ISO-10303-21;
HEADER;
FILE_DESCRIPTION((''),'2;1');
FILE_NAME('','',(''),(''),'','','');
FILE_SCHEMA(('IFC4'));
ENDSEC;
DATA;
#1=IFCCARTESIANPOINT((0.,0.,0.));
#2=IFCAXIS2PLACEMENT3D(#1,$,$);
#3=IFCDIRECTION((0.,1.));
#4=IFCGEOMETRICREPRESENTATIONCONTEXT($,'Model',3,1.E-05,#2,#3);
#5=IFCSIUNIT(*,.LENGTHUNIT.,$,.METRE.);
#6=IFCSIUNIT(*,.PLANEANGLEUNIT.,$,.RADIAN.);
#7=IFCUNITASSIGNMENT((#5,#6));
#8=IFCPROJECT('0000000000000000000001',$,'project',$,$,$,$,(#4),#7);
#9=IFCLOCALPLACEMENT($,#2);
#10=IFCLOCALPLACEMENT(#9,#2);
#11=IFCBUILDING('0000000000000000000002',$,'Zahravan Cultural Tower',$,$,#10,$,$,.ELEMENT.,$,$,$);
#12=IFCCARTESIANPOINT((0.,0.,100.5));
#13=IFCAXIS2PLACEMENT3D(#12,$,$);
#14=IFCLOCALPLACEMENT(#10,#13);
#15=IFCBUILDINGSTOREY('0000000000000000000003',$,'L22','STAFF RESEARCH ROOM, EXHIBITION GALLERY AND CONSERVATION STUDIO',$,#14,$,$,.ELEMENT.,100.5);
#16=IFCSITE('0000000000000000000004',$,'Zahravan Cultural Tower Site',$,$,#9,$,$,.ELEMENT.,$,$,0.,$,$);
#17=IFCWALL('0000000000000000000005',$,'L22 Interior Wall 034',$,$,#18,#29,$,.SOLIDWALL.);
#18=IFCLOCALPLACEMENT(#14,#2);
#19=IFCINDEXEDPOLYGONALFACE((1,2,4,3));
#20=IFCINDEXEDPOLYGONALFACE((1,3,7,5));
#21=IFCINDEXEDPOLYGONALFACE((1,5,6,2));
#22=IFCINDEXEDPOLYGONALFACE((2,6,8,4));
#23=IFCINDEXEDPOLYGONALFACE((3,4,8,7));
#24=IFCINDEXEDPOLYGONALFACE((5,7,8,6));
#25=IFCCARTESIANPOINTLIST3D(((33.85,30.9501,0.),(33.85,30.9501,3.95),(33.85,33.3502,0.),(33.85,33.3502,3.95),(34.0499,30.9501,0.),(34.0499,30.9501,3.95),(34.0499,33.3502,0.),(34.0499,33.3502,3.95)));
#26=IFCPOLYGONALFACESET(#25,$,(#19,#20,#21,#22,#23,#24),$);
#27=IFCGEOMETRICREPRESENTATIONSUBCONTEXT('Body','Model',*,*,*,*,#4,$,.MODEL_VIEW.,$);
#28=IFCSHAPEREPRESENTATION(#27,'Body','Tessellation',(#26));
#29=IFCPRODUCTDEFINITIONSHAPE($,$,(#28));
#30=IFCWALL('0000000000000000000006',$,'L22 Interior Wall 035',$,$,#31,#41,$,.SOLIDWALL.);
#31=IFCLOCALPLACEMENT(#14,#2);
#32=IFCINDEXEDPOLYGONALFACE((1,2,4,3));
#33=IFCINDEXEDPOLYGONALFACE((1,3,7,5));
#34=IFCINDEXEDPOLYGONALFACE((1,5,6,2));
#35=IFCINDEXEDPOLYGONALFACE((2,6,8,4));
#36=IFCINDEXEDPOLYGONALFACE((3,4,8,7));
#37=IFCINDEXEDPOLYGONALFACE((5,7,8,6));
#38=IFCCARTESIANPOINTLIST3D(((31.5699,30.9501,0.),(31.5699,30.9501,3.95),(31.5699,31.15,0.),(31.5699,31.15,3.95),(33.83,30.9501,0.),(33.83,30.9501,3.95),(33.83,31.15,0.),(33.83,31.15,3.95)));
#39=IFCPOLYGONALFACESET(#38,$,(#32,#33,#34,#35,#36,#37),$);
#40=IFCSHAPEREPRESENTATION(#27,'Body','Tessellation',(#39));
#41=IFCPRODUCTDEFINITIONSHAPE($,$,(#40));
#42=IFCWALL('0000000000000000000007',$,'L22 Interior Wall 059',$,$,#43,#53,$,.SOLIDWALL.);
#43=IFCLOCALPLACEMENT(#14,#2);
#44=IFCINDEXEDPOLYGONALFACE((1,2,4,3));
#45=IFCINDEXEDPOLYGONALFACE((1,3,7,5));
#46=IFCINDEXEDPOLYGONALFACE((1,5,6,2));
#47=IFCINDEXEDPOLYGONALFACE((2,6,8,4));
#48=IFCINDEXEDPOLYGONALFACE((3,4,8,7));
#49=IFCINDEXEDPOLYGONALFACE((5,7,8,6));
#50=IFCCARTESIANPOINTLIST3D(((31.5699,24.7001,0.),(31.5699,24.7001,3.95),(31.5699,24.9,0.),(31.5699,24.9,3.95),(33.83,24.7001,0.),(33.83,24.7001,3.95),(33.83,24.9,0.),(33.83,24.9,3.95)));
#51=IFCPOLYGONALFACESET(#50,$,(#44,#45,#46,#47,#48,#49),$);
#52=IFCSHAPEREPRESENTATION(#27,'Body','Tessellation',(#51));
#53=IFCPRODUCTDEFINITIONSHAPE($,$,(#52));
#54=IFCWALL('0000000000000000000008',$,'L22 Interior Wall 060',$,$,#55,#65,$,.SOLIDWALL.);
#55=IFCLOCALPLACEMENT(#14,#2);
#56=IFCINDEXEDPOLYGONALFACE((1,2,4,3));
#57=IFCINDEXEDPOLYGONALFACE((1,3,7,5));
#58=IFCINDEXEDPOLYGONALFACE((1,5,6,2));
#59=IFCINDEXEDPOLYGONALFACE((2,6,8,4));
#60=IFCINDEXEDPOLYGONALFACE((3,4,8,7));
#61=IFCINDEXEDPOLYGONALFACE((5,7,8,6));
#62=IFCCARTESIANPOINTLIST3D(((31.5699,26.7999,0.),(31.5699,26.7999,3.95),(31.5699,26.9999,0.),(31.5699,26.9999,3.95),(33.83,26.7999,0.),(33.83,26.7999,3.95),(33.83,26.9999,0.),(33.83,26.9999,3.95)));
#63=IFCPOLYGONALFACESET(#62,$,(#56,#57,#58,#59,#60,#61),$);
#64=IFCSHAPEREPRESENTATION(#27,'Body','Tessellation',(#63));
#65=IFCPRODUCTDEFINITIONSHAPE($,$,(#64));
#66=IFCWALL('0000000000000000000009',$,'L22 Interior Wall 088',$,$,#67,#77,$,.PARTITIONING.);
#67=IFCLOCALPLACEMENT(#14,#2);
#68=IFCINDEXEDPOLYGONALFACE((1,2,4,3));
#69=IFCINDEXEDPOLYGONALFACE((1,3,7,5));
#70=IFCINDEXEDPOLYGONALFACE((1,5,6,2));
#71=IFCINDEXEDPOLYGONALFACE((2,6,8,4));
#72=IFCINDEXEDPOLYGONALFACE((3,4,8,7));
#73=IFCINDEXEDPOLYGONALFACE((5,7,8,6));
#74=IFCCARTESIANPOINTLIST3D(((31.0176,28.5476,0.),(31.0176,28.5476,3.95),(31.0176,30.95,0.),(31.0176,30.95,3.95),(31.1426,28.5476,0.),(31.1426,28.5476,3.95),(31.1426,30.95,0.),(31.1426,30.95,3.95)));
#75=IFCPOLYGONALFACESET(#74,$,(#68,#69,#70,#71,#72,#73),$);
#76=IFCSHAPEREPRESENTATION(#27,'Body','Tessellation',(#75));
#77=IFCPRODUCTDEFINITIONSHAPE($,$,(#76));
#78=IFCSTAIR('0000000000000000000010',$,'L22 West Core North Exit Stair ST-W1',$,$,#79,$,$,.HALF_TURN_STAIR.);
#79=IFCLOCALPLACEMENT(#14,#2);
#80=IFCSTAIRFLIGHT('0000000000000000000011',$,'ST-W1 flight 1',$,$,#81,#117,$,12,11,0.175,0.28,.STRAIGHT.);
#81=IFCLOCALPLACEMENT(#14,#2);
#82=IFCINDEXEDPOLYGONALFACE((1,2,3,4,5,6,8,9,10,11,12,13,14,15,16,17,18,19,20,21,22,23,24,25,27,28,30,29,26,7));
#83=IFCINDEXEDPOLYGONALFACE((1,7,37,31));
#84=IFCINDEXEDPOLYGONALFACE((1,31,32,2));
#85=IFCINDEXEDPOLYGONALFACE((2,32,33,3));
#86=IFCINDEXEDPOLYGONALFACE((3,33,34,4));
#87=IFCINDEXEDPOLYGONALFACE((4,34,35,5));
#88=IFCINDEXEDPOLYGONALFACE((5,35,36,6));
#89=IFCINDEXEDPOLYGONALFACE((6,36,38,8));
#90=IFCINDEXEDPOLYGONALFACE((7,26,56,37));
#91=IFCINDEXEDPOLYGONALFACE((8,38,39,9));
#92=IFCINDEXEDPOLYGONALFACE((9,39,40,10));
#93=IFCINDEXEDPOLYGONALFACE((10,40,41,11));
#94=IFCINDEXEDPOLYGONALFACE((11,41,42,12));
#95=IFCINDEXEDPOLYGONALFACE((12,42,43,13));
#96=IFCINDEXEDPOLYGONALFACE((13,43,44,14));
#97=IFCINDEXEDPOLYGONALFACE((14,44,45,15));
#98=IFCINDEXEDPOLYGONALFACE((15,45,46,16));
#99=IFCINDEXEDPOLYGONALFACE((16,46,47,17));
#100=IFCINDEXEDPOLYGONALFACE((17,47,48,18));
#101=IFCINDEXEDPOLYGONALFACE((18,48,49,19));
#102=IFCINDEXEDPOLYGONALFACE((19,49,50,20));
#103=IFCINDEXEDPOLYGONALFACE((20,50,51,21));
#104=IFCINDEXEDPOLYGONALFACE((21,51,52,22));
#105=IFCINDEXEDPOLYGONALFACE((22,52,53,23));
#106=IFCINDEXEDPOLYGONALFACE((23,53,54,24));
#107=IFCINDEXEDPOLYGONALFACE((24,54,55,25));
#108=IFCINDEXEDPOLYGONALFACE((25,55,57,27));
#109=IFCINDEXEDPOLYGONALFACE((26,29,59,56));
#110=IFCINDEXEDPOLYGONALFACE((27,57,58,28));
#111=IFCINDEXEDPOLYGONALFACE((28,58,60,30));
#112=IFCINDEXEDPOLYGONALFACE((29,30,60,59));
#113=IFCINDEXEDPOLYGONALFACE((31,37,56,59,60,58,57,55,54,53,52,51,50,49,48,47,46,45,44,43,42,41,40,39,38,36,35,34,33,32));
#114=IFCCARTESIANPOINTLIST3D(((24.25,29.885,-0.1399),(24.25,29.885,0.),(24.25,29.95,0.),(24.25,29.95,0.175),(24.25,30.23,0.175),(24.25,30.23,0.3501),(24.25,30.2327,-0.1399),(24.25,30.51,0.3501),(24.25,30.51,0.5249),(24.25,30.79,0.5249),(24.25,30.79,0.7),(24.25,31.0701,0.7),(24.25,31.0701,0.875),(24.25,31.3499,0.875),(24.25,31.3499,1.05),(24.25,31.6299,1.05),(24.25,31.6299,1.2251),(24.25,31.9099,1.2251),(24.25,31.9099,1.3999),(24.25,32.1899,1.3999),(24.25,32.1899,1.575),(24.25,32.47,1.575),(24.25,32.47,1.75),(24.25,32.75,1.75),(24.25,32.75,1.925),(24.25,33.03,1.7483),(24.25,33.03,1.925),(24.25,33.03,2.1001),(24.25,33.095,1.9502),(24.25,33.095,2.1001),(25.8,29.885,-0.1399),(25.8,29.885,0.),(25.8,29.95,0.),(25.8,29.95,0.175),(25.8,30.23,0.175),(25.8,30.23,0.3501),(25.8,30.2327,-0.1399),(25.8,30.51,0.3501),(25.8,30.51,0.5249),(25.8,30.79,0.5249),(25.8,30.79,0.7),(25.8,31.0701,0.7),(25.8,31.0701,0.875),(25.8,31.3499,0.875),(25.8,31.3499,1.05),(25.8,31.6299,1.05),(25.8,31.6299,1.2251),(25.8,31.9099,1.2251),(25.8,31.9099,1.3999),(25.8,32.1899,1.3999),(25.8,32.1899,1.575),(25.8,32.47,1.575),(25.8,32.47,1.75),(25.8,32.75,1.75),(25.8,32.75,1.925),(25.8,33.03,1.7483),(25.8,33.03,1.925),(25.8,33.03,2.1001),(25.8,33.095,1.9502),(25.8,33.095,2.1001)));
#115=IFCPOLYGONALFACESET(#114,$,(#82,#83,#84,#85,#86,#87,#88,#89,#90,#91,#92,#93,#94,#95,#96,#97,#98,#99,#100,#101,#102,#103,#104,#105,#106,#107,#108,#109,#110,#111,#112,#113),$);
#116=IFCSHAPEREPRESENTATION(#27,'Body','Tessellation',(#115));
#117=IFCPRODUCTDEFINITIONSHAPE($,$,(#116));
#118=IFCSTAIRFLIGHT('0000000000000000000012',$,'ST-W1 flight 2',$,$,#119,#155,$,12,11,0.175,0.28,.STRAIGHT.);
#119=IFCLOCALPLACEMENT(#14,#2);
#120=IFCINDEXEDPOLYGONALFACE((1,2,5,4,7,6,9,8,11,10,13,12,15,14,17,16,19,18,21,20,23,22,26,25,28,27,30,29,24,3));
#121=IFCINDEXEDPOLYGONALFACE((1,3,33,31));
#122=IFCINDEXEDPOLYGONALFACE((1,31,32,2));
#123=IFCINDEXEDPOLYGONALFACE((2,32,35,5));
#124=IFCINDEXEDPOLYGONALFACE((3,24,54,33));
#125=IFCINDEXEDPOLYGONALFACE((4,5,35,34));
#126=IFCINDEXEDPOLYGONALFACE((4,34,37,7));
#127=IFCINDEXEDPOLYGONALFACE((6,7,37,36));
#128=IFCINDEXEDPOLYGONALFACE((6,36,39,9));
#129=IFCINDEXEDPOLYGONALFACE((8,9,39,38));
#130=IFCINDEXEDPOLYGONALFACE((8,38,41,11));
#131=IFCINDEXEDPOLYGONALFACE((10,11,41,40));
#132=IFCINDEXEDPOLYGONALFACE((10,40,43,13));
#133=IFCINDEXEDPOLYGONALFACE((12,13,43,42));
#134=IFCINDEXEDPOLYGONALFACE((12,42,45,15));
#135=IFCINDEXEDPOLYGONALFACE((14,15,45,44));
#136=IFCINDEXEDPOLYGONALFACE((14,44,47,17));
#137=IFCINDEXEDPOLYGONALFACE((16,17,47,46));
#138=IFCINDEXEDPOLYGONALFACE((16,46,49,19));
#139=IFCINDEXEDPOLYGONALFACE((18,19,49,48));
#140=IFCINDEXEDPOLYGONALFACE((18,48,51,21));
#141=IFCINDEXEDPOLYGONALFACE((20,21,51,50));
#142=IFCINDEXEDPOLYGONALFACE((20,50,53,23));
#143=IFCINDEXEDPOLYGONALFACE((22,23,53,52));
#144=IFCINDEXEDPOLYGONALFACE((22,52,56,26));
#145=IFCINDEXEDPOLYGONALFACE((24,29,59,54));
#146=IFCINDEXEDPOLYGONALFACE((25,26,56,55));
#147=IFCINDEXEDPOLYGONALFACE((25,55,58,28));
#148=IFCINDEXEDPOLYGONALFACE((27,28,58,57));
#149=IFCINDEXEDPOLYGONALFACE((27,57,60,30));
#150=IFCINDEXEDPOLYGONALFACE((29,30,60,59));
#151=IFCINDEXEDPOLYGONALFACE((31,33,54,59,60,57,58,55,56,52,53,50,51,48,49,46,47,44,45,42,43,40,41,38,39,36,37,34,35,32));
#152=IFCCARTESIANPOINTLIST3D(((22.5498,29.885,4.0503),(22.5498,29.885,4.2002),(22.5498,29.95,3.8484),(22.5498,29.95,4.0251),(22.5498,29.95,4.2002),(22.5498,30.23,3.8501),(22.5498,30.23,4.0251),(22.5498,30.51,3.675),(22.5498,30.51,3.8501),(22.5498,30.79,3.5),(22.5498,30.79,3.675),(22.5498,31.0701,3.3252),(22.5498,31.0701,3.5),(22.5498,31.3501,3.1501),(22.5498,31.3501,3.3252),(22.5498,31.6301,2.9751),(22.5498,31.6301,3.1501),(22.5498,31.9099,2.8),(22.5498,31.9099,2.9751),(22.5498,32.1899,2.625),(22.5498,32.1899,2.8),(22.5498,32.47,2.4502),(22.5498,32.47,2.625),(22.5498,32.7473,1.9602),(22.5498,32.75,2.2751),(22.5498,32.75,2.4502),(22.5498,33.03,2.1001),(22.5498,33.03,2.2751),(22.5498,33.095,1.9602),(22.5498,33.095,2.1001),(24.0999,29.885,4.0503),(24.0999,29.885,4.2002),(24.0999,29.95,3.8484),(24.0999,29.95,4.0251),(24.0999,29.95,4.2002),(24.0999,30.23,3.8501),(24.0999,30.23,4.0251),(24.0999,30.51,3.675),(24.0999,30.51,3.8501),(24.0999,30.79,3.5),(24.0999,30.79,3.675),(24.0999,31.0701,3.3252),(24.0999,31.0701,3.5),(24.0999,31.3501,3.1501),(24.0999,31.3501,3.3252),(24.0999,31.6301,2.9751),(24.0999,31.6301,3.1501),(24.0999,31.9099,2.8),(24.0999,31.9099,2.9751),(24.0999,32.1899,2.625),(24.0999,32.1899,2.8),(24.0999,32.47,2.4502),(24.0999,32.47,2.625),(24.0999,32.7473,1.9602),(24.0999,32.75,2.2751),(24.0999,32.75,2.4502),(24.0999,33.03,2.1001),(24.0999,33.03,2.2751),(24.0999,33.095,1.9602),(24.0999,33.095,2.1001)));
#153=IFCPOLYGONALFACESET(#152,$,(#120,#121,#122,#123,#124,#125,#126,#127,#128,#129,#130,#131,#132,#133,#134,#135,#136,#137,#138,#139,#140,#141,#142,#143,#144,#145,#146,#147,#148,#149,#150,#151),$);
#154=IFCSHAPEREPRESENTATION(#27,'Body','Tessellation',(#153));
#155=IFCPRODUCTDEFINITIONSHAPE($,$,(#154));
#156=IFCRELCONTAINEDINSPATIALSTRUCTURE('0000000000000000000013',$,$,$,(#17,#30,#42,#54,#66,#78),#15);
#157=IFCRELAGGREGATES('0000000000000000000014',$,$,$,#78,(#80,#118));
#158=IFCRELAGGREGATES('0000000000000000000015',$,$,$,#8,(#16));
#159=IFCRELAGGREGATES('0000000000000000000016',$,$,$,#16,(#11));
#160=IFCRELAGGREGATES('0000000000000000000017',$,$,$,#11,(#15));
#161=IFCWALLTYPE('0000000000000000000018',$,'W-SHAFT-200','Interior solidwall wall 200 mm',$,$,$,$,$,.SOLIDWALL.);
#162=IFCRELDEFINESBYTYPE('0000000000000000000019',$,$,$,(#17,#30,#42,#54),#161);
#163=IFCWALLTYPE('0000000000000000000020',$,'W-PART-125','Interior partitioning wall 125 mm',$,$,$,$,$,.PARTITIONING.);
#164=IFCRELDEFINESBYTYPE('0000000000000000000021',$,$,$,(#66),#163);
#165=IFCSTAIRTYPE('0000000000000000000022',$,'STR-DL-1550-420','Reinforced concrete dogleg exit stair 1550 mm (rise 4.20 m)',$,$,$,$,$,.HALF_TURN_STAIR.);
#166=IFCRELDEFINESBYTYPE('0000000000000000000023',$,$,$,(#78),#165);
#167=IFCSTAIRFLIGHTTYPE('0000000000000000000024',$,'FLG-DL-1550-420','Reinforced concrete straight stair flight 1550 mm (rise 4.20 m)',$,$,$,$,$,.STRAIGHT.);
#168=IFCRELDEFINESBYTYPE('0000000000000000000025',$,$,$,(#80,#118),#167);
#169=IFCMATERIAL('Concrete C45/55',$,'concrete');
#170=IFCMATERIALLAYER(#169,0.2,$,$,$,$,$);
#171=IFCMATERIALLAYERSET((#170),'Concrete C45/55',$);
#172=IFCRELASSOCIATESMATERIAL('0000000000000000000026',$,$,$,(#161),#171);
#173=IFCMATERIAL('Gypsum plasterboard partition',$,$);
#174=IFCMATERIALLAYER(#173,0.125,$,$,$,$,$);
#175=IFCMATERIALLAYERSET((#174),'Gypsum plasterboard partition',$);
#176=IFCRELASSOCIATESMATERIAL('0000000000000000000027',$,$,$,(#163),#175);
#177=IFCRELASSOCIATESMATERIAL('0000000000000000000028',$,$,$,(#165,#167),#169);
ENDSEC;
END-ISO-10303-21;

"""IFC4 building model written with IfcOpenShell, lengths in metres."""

from ifc_helpers import new_model, si_unit, direction, frame, frame_2d, origin, place, context, subcontext, project, spatial, polyline, rectangle, outline, extrude, source, transform, mapped, material, layer, layer_set, type_object, element, aggregate, save


model = new_model("IFC4")

# Units and contexts
model_context = context("Model", 3, precision=1e-05, world=origin(), true_north=direction((0.0, 1.0)))
body_context = subcontext(model_context, "Body", "Model", "MODEL_VIEW")
ifc_project = project(units=[si_unit("LENGTHUNIT", "METRE"), si_unit("PLANEANGLEUNIT", "RADIAN")], contexts=[model_context])

# Site, building, storey
site_placement = place(None, origin())
site = spatial("IfcSite", under=ifc_project, at=site_placement, Name="Zahravan Cultural Tower Site", CompositionType="ELEMENT", RefElevation=0.0)
building_placement = place(site_placement, origin())
building = spatial("IfcBuilding", under=site, at=building_placement, Name="Zahravan Cultural Tower", CompositionType="ELEMENT")
storey_placement = place(building_placement, frame((0.0, 0.0, 100.5)))
storey = spatial("IfcBuildingStorey", under=building, at=storey_placement, Name="L22", Description="STAFF RESEARCH ROOM, EXHIBITION GALLERY AND CONSERVATION STUDIO", CompositionType="ELEMENT", Elevation=100.5)

# Shared definitions
ifc_material_1 = material(Name="Concrete C45/55", Category="concrete")
ifc_layer_1 = layer(ifc_material_1, 0.2)
ifc_layer_set_1 = layer_set([ifc_layer_1], Name="Concrete C45/55")
wall_type_1 = type_object("IfcWallType", Name="W-SHAFT-200", Description="Interior solidwall wall 200 mm", PredefinedType="SOLIDWALL", material=ifc_layer_set_1)

# Walls
shared_shape_1 = source(origin(), body_context, "Body", "SweptSolid", [
    extrude(rectangle(XDim=2.4001, YDim=0.2, at=frame_2d((1.2002, 0.0))), origin(), (0.0, 0.0, 1.0), 3.95),
])
for number, where, z_axis, x_axis, name in (
    (1, (33.95, 30.95, 0.0), (0.0, 0.0, 1.0), (0.0, 1.0, 0.0), "L22 Interior Wall 034"),
):
    element("IfcWall", number, at=place(storey_placement, frame(where, z_axis=z_axis, x_axis=x_axis)), inside=storey, type_object=wall_type_1, Name=name, PredefinedType="SOLIDWALL", context=body_context, shape_type="MappedRepresentation", body=[
        mapped(shared_shape_1, transform((0.0, 0.0, 0.0), x_axis=(1.0, 0.0, 0.0), y_axis=(0.0, 1.0, 0.0), z_axis=(0.0, 0.0, 1.0), scale=1.0)),
    ])
shared_shape_2 = source(origin(), body_context, "Body", "SweptSolid", [
    extrude(rectangle(XDim=2.26, YDim=0.2, at=frame_2d((1.1299, 0.0))), origin(), (0.0, 0.0, 1.0), 3.95),
])
for number, where, z_axis, x_axis, name in (
    (2, (31.5701, 31.05, 0.0), (0.0, 0.0, 1.0), (1.0, 0.0, 0.0), "L22 Interior Wall 035"),
    (3, (31.5701, 24.8, 0.0), (0.0, 0.0, 1.0), (1.0, 0.0, 0.0), "L22 Interior Wall 059"),
    (4, (31.5701, 26.8999, 0.0), (0.0, 0.0, 1.0), (1.0, 0.0, 0.0), "L22 Interior Wall 060"),
):
    element("IfcWall", number, at=place(storey_placement, frame(where, z_axis=z_axis, x_axis=x_axis)), inside=storey, type_object=wall_type_1, Name=name, PredefinedType="SOLIDWALL", context=body_context, shape_type="MappedRepresentation", body=[
        mapped(shared_shape_2, transform((0.0, 0.0, 0.0), x_axis=(1.0, 0.0, 0.0), y_axis=(0.0, 1.0, 0.0), z_axis=(0.0, 0.0, 1.0), scale=1.0)),
    ])
ifc_material_2 = material(Name="Gypsum plasterboard partition")
ifc_layer_2 = layer(ifc_material_2, 0.125)
ifc_layer_set_2 = layer_set([ifc_layer_2], Name="Gypsum plasterboard partition")
wall_type_2 = type_object("IfcWallType", Name="W-PART-125", Description="Interior partitioning wall 125 mm", PredefinedType="PARTITIONING", material=ifc_layer_set_2)
shared_shape_3 = source(origin(), body_context, "Body", "SweptSolid", [
    extrude(rectangle(XDim=2.4023, YDim=0.125, at=frame_2d((1.2012, 0.0))), origin(), (0.0, 0.0, 1.0), 3.95),
])
wall_1_placement = place(storey_placement, frame((31.0801, 28.5476, 0.0), z_axis=(0.0, 0.0, 1.0), x_axis=(0.0, 1.0, 0.0)))
element("IfcWall", 5, at=wall_1_placement, inside=storey, type_object=wall_type_2, Name="L22 Interior Wall 088", PredefinedType="PARTITIONING", context=body_context, shape_type="MappedRepresentation", body=[
    mapped(shared_shape_3, transform((0.0, 0.0, 0.0), x_axis=(1.0, 0.0, 0.0), y_axis=(0.0, 1.0, 0.0), z_axis=(0.0, 0.0, 1.0), scale=1.0)),
])

# Stair, stair flights
stair_type = type_object("IfcStairType", Name="STR-DL-1550-420", Description="Reinforced concrete dogleg exit stair 1550 mm (rise 4.20 m)", PredefinedType="HALF_TURN_STAIR", material=ifc_material_1)
stair_placement = place(storey_placement, origin())
stair = element("IfcStair", 6, at=stair_placement, inside=storey, type_object=stair_type, Name="L22 West Core North Exit Stair ST-W1", PredefinedType="HALF_TURN_STAIR")
stair_flight_type = type_object("IfcStairFlightType", Name="FLG-DL-1550-420", Description="Reinforced concrete straight stair flight 1550 mm (rise 4.20 m)", PredefinedType="STRAIGHT", material=ifc_material_1)
stair_flight_1_placement = place(storey_placement, frame((25.0249, 29.95, 0.0), z_axis=(0.0, 0.0, 1.0), x_axis=(0.0, 1.0, 0.0)))
stair_flight_1 = element("IfcStairFlight", 7, at=stair_flight_1_placement, type_object=stair_flight_type, Name="ST-W1 flight 1", NumberOfRisers=12, NumberOfTreads=11, PredefinedType="STRAIGHT", RiserHeight=0.175, TreadLength=0.28, context=body_context, shape_type="SweptSolid", body=[
    extrude(outline(polyline([(-0.0649, -0.1399), (-0.0649, 0.0), (0.0, 0.0), (0.0, 0.175), (0.28, 0.175), (0.28, 0.3501), (0.5601, 0.3501), (0.5601, 0.5249), (0.8401, 0.5249), (0.8401, 0.7), (1.1201, 0.7), (1.1201, 0.875), (1.3999, 0.875), (1.3999, 1.05), (1.6799, 1.05), (1.6799, 1.2251), (1.96, 1.2251), (1.96, 1.3999), (2.24, 1.3999), (2.24, 1.575), (2.52, 1.575), (2.52, 1.75), (2.8, 1.75), (2.8, 1.925), (3.0801, 1.925), (3.0801, 2.1001), (3.145, 2.1001), (3.145, 1.9502), (3.0801, 1.7483), (0.2827, -0.1399), (-0.0649, -0.1399)])), frame((0.0, 0.7749, 0.0), z_axis=(0.0, -1.0, 0.0), x_axis=(1.0, 0.0, 0.0)), (0.0, 0.0, 1.0), 1.55),
])
stair_flight_2_placement = place(storey_placement, frame((23.325, 33.03, 2.1001), z_axis=(0.0, 0.0, 1.0), x_axis=(0.0, -1.0, 0.0)))
stair_flight_2 = element("IfcStairFlight", 8, at=stair_flight_2_placement, type_object=stair_flight_type, Name="ST-W1 flight 2", NumberOfRisers=12, NumberOfTreads=11, PredefinedType="STRAIGHT", RiserHeight=0.175, TreadLength=0.28, context=body_context, shape_type="SweptSolid", body=[
    extrude(outline(polyline([(-0.0649, -0.1399), (-0.0649, 0.0), (0.0, 0.0), (0.0, 0.175), (0.28, 0.175), (0.28, 0.3501), (0.5601, 0.3501), (0.5601, 0.5249), (0.8401, 0.5249), (0.8401, 0.7), (1.1201, 0.7), (1.1201, 0.875), (1.3999, 0.875), (1.3999, 1.05), (1.6799, 1.05), (1.6799, 1.2251), (1.96, 1.2251), (1.96, 1.3999), (2.24, 1.3999), (2.24, 1.575), (2.52, 1.575), (2.52, 1.75), (2.8, 1.75), (2.8, 1.925), (3.0801, 1.925), (3.0801, 2.1001), (3.145, 2.1001), (3.145, 1.9502), (3.0801, 1.7483), (0.2827, -0.1399), (-0.0649, -0.1399)])), frame((0.0, 0.7749, 0.0), z_axis=(0.0, -1.0, 0.0), x_axis=(1.0, 0.0, 0.0)), (0.0, 0.0, 1.0), 1.55),
])
aggregate(stair, [stair_flight_1, stair_flight_2])

save(model, "model.ifc")
